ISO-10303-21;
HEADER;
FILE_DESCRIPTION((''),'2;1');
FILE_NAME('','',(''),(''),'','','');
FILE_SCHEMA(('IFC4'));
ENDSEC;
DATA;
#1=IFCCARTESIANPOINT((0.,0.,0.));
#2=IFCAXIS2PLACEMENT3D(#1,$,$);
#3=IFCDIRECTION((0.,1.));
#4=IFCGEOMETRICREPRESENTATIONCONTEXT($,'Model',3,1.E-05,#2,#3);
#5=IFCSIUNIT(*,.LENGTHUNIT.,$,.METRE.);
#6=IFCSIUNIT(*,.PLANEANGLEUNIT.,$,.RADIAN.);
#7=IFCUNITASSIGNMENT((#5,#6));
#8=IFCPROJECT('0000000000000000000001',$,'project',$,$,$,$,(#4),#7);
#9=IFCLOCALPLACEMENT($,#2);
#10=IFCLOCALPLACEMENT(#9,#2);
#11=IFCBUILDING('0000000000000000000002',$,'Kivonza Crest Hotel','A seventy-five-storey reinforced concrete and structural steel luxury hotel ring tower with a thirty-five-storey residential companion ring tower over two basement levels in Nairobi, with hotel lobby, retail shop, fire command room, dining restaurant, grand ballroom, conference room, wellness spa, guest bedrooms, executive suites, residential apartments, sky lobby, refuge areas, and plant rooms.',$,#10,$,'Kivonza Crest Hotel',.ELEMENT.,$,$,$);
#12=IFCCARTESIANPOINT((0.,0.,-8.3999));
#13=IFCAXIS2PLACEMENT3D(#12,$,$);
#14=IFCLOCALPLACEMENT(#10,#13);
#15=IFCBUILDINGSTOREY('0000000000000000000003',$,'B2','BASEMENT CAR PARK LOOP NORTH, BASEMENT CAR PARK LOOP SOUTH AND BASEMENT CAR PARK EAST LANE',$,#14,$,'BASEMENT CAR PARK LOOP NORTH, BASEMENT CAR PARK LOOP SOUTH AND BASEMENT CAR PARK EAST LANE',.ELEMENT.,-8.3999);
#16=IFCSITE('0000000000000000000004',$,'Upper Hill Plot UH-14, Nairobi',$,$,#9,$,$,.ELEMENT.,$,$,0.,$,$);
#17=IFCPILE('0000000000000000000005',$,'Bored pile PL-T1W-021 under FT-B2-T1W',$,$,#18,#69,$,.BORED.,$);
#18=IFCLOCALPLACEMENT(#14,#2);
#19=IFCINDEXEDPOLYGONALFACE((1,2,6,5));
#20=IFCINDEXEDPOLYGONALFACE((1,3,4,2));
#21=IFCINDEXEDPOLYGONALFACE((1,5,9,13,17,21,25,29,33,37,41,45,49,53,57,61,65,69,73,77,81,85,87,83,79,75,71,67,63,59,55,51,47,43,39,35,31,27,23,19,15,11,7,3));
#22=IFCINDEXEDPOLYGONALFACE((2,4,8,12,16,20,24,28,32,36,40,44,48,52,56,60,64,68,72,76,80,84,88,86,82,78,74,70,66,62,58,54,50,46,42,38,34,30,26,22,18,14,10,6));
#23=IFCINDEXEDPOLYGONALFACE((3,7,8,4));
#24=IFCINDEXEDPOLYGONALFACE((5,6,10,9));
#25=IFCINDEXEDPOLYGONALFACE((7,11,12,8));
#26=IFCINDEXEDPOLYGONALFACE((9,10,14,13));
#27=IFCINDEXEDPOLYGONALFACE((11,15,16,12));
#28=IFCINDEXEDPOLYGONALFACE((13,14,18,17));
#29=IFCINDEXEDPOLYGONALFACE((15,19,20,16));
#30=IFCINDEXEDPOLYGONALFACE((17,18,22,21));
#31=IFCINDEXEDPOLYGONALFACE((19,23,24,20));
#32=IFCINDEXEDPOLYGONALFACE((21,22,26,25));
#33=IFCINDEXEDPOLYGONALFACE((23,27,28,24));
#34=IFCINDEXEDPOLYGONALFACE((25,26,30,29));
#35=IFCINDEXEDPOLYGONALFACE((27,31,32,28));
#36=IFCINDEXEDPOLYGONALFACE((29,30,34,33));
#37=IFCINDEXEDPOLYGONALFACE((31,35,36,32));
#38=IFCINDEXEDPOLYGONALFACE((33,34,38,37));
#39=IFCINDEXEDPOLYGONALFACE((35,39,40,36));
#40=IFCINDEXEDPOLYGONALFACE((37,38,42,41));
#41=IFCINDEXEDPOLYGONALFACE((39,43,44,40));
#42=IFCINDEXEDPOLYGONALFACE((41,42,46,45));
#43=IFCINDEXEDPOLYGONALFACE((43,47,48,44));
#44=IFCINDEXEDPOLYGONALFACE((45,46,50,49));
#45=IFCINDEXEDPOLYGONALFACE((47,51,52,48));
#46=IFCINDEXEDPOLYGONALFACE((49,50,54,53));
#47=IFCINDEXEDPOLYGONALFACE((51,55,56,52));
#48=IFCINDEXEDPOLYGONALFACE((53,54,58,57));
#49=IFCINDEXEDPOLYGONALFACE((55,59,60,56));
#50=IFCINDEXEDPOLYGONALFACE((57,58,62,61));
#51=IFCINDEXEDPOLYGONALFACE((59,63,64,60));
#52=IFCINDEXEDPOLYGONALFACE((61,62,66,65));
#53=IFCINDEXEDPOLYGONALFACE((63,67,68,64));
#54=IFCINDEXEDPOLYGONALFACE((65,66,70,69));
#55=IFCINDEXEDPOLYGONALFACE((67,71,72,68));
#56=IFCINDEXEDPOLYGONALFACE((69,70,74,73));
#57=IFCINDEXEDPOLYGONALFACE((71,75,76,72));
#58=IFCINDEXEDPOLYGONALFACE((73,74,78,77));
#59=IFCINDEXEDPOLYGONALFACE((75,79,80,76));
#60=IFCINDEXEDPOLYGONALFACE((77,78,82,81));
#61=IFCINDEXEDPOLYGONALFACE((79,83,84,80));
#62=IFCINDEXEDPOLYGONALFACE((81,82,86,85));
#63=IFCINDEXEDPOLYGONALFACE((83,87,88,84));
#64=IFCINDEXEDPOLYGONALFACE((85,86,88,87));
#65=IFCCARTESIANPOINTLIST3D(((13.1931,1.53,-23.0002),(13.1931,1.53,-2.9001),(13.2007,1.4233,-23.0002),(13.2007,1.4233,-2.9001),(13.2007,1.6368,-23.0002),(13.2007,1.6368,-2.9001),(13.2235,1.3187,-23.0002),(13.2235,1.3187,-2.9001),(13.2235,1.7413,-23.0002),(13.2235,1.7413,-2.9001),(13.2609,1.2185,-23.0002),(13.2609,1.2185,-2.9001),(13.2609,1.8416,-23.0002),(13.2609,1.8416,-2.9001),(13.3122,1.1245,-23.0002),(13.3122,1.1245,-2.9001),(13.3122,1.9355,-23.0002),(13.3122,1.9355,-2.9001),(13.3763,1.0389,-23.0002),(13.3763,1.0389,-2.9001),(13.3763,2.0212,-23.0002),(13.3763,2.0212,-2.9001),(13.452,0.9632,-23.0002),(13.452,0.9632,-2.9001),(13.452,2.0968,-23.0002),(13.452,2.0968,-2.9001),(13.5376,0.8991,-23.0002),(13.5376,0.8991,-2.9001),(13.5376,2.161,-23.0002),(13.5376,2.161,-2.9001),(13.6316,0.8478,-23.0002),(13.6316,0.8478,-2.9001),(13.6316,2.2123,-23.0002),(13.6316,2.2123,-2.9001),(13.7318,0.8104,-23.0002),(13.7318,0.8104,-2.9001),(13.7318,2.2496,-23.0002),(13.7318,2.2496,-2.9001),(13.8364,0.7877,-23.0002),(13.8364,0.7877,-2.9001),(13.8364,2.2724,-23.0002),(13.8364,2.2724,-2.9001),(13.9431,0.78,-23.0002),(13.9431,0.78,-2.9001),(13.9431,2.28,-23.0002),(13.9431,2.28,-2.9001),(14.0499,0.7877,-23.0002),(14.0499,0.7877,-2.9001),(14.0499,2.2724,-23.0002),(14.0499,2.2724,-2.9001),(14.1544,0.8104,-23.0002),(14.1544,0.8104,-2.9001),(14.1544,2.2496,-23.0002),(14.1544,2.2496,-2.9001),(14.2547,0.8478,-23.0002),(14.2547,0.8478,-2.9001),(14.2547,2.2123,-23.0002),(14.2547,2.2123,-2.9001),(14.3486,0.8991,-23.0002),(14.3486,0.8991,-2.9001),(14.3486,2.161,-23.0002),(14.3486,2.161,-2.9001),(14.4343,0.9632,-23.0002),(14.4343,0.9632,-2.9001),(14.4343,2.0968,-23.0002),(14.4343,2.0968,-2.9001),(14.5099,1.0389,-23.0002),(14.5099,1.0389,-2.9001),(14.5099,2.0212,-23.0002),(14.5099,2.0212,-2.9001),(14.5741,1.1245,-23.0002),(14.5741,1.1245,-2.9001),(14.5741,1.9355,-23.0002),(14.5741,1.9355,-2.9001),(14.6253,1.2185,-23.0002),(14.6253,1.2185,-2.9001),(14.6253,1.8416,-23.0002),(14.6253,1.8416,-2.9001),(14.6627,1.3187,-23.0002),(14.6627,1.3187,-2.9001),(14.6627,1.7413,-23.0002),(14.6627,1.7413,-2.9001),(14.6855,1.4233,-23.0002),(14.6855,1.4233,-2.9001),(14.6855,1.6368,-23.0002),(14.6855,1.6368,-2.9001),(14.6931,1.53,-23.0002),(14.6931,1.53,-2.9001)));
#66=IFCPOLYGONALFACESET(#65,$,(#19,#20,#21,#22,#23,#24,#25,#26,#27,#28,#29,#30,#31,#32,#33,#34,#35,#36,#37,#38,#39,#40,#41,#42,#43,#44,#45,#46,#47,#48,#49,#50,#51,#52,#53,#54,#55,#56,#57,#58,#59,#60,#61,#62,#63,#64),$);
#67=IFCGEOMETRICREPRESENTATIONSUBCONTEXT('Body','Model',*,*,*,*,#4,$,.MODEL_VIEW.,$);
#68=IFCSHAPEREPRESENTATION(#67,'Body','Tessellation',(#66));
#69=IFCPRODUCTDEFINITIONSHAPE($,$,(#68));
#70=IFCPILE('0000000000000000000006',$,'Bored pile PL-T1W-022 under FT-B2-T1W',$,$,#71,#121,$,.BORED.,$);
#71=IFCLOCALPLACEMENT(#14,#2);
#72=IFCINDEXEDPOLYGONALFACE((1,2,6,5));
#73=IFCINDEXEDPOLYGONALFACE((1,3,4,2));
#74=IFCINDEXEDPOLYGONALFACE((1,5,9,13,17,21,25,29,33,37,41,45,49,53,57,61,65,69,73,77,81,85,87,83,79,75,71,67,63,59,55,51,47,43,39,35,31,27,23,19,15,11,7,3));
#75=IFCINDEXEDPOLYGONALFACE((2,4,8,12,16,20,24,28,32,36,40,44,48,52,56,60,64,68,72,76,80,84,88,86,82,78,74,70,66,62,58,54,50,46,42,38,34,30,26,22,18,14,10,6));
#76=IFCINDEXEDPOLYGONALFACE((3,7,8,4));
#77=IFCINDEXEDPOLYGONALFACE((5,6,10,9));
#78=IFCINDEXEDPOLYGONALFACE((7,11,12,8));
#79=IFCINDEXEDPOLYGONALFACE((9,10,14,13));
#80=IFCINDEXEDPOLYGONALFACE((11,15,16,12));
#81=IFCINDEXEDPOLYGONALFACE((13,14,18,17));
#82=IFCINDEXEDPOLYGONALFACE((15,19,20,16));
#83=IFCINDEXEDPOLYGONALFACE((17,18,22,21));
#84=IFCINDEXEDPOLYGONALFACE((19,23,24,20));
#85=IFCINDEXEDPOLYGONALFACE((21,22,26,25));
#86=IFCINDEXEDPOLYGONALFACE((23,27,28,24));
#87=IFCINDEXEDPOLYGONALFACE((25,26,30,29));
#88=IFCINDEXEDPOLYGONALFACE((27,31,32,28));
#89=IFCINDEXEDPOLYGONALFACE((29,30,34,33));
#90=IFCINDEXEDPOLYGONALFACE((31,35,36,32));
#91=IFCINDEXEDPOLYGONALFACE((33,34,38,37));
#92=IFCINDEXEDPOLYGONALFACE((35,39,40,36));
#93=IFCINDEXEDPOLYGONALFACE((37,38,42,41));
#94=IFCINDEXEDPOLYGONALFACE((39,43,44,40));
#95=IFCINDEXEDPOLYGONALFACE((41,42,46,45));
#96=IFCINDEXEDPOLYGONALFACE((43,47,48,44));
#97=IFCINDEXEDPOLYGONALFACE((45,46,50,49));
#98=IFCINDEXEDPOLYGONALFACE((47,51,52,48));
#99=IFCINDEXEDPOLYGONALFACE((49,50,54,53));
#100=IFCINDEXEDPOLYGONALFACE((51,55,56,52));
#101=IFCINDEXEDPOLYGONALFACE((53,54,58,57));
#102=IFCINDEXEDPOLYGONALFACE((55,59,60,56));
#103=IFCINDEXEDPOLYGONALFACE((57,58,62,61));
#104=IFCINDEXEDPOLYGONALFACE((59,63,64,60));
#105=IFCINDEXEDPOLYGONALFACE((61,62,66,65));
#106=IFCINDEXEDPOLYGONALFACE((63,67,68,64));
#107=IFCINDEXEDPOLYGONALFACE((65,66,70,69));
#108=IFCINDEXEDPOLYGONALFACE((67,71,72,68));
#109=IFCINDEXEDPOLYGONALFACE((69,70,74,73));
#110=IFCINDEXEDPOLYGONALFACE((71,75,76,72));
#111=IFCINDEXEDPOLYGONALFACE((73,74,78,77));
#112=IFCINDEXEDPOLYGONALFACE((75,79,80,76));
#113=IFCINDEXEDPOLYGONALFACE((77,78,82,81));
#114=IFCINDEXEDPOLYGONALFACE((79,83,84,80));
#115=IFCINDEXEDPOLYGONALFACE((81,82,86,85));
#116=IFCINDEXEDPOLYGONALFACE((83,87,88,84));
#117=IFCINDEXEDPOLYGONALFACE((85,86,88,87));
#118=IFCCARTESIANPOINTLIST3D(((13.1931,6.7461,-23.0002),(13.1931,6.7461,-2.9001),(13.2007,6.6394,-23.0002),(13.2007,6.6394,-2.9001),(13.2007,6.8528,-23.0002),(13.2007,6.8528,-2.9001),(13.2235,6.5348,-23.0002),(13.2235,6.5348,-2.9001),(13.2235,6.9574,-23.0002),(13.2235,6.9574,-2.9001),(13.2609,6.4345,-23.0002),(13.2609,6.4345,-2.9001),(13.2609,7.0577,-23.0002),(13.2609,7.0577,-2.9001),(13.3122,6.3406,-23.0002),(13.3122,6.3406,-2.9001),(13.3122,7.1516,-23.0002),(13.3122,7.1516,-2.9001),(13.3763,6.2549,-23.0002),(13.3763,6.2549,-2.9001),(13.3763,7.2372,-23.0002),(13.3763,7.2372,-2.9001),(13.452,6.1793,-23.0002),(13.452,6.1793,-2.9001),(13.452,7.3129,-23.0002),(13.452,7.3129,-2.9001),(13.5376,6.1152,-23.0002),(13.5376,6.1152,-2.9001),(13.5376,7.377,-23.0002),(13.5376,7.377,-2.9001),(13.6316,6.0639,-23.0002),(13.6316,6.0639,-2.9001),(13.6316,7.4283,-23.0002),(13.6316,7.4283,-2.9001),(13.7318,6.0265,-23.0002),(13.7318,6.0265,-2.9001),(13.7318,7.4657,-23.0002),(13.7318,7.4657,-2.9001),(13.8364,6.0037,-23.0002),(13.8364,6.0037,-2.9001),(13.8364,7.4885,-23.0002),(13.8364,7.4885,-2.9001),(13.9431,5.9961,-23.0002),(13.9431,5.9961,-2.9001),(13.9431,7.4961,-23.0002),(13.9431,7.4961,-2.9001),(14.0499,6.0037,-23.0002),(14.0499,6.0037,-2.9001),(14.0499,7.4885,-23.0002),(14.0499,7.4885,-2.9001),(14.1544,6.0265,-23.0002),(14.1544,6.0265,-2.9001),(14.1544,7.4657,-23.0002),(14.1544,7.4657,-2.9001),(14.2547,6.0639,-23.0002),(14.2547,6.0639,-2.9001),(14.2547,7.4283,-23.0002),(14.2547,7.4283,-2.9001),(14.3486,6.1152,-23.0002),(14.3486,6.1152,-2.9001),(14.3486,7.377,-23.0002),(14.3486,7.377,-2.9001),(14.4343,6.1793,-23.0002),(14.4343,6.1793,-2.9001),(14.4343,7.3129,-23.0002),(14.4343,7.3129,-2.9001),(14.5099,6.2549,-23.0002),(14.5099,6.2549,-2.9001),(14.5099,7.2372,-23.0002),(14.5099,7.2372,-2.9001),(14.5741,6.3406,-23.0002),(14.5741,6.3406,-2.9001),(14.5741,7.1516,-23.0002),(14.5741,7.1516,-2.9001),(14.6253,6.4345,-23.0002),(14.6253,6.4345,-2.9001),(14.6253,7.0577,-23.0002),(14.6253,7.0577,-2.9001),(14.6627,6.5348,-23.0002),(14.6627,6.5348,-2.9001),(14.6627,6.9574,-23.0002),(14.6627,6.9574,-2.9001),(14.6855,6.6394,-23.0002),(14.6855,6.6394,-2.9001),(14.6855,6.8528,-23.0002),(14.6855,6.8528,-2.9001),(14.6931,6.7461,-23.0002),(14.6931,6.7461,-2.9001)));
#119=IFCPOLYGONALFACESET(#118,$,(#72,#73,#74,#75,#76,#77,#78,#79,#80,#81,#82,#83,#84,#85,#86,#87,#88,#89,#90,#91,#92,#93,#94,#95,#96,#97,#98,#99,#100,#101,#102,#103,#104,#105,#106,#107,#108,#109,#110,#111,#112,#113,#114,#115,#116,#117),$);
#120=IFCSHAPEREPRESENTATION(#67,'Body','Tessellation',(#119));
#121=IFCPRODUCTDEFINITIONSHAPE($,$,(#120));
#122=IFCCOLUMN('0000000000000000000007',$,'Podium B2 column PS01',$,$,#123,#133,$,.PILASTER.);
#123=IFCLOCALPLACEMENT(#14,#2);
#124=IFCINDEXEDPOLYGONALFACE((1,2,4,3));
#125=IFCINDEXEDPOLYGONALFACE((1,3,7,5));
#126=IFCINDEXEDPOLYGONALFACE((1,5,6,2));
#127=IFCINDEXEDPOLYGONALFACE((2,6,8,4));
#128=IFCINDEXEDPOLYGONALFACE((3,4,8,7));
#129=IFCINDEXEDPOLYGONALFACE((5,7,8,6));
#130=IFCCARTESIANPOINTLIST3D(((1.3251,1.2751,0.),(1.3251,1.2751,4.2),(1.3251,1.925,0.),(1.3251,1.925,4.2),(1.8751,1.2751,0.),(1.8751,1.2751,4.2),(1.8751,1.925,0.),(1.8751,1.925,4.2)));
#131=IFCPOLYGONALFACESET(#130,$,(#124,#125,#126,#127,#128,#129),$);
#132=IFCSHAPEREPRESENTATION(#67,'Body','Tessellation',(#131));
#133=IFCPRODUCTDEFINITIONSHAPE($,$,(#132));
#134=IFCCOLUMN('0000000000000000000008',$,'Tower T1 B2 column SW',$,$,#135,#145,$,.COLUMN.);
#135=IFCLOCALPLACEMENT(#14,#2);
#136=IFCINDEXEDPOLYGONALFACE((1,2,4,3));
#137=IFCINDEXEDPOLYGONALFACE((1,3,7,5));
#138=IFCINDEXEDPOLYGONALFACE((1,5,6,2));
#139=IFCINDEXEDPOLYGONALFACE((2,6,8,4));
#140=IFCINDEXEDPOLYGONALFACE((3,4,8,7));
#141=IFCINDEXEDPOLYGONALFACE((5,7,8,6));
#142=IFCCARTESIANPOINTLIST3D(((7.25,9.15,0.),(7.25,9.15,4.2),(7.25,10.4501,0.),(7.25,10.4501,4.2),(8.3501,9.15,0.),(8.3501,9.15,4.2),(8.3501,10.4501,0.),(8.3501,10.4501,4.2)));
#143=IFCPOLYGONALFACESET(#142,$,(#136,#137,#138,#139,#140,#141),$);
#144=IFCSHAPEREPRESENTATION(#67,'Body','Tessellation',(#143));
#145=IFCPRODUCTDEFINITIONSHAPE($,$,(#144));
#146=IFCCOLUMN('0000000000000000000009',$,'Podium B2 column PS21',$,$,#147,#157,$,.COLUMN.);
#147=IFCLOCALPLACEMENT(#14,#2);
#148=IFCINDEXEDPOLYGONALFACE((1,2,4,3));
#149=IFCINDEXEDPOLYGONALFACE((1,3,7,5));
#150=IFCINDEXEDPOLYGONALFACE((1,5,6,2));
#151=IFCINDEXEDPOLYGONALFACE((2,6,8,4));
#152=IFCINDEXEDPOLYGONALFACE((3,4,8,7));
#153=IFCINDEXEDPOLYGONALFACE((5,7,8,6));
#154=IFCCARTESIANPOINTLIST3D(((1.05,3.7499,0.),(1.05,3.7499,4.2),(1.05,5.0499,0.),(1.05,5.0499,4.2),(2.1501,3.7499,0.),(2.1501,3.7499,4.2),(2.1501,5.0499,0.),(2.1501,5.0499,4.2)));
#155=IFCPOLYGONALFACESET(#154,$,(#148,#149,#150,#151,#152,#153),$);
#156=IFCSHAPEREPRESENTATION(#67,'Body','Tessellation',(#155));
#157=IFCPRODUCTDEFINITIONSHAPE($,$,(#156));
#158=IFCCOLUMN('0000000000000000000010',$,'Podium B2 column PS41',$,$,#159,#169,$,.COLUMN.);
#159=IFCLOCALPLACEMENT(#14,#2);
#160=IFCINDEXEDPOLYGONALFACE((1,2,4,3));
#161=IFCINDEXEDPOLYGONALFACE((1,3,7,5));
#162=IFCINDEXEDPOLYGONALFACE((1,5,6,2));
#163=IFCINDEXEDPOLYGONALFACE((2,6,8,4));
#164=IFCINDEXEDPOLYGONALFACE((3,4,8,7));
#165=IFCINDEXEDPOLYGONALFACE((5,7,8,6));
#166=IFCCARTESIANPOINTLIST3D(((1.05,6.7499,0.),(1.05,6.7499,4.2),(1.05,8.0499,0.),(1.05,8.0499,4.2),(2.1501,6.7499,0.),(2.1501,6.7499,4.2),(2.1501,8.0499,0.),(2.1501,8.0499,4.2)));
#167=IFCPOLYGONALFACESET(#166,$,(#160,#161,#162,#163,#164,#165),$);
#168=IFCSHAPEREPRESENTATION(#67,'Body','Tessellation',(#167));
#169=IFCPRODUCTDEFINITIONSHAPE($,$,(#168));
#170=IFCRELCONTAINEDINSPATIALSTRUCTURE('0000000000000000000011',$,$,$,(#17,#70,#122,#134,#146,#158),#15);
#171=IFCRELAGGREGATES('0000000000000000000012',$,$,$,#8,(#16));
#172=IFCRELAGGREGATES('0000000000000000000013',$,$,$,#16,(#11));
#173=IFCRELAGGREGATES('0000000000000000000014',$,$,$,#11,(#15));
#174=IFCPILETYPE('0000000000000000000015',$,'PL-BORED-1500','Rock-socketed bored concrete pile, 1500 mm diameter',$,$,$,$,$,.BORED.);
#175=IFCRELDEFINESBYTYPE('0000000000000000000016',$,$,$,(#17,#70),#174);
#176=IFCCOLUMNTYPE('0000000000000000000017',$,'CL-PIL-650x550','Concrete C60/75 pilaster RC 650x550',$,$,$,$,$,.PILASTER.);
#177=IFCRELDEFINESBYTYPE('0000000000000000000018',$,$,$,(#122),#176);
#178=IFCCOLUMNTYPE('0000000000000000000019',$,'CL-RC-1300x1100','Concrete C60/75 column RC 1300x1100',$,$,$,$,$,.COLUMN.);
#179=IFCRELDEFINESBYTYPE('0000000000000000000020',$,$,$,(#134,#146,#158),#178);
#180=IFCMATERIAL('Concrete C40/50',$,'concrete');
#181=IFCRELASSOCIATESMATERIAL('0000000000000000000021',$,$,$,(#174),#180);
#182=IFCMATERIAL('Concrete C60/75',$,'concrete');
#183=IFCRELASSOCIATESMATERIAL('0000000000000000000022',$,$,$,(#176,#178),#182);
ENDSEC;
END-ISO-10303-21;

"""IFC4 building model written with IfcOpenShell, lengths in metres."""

from ifc_helpers import new_model, si_unit, direction, frame, origin, origin_2d, place, context, subcontext, project, spatial, rectangle, circle, extrude, material, material_profile, profile_set, type_object, element, save


model = new_model("IFC4")

# Units and contexts
model_context = context("Model", 3, precision=1e-05, world=origin(), true_north=direction((0.0, 1.0)))
body_context = subcontext(model_context, "Body", "Model", "MODEL_VIEW")
ifc_project = project(units=[si_unit("LENGTHUNIT", "METRE"), si_unit("PLANEANGLEUNIT", "RADIAN")], contexts=[model_context])

# Site, building, storey
site_placement = place(None, origin())
site = spatial("IfcSite", under=ifc_project, at=site_placement, Name="Upper Hill Plot UH-14, Nairobi", CompositionType="ELEMENT", RefElevation=0.0)
building_placement = place(site_placement, origin())
building = spatial("IfcBuilding", under=site, at=building_placement, Name="Kivonza Crest Hotel", Description="A seventy-five-storey reinforced concrete and structural steel luxury hotel ring tower with a thirty-five-storey residential companion ring tower over two basement levels in Nairobi, with hotel lobby, retail shop, fire command room, dining restaurant, grand ballroom, conference room, wellness spa, guest bedrooms, executive suites, residential apartments, sky lobby, refuge areas, and plant rooms.", LongName="Kivonza Crest Hotel", CompositionType="ELEMENT")
storey_placement = place(building_placement, frame((0.0, 0.0, -8.3999)))
storey = spatial("IfcBuildingStorey", under=building, at=storey_placement, Name="B2", Description="BASEMENT CAR PARK LOOP NORTH, BASEMENT CAR PARK LOOP SOUTH AND BASEMENT CAR PARK EAST LANE", LongName="BASEMENT CAR PARK LOOP NORTH, BASEMENT CAR PARK LOOP SOUTH AND BASEMENT CAR PARK EAST LANE", CompositionType="ELEMENT", Elevation=-8.3999)

# Piles
ifc_material_1 = material(Name="Concrete C40/50", Category="concrete")
ifc_material_profile_1 = material_profile(ifc_material_1, circle(Radius=0.75, at=origin_2d()), Name="PILE D1500")
ifc_profile_set_1 = profile_set([ifc_material_profile_1], Name="Concrete C40/50")
pile_type = type_object("IfcPileType", Name="PL-BORED-1500", Description="Rock-socketed bored concrete pile, 1500 mm diameter", PredefinedType="BORED", material=ifc_profile_set_1)
for number, where, z_axis, x_axis, name in (
    (1, (13.9431, 1.53, -2.9001), (0.0, 0.0, -1.0), (1.0, 0.0, 0.0), "Bored pile PL-T1W-021 under FT-B2-T1W"),
    (2, (13.9431, 6.7461, -2.9001), (0.0, 0.0, -1.0), (1.0, 0.0, 0.0), "Bored pile PL-T1W-022 under FT-B2-T1W"),
):
    element("IfcPile", number, at=place(storey_placement, frame(where, z_axis=z_axis, x_axis=x_axis)), inside=storey, type_object=pile_type, Name=name, PredefinedType="BORED", context=body_context, shape_type="SweptSolid", body=[
        extrude(circle(Radius=0.75, at=origin_2d()), origin(), (0.0, 0.0, 1.0), 20.1001),
    ])

# Columns
ifc_material_2 = material(Name="Concrete C60/75", Category="concrete")
ifc_material_profile_2 = material_profile(ifc_material_2, rectangle(XDim=0.55, YDim=0.6499, at=origin_2d()), Name="RC 650x550")
ifc_profile_set_2 = profile_set([ifc_material_profile_2], Name="Concrete C60/75")
column_type_1 = type_object("IfcColumnType", Name="CL-PIL-650x550", Description="Concrete C60/75 pilaster RC 650x550", PredefinedType="PILASTER", material=ifc_profile_set_2)
column_placement = place(storey_placement, frame((1.6001, 1.6001, 0.0), z_axis=(0.0, 0.0, 1.0), x_axis=(1.0, 0.0, 0.0)))
element("IfcColumn", 3, at=column_placement, inside=storey, type_object=column_type_1, Name="Podium B2 column PS01", PredefinedType="PILASTER", context=body_context, shape_type="SweptSolid", body=[
    extrude(rectangle(XDim=0.55, YDim=0.6499, at=origin_2d()), origin(), (0.0, 0.0, 1.0), 4.2),
])
ifc_material_profile_3 = material_profile(ifc_material_2, rectangle(XDim=1.1001, YDim=1.3, at=origin_2d()), Name="RC 1300x1100")
ifc_profile_set_3 = profile_set([ifc_material_profile_3], Name="Concrete C60/75")
column_type_2 = type_object("IfcColumnType", Name="CL-RC-1300x1100", Description="Concrete C60/75 column RC 1300x1100", PredefinedType="COLUMN", material=ifc_profile_set_3)
for number, where, z_axis, x_axis, name in (
    (4, (7.8, 9.8, 0.0), (0.0, 0.0, 1.0), (1.0, 0.0, 0.0), "Tower T1 B2 column SW"),
    (5, (1.6001, 4.3999, 0.0), (0.0, 0.0, 1.0), (1.0, 0.0, 0.0), "Podium B2 column PS21"),
    (6, (1.6001, 7.3999, 0.0), (0.0, 0.0, 1.0), (1.0, 0.0, 0.0), "Podium B2 column PS41"),
):
    element("IfcColumn", number, at=place(storey_placement, frame(where, z_axis=z_axis, x_axis=x_axis)), inside=storey, type_object=column_type_2, Name=name, PredefinedType="COLUMN", context=body_context, shape_type="SweptSolid", body=[
        extrude(rectangle(XDim=1.1001, YDim=1.3, at=origin_2d()), origin(), (0.0, 0.0, 1.0), 4.2),
    ])

save(model, "model.ifc")
